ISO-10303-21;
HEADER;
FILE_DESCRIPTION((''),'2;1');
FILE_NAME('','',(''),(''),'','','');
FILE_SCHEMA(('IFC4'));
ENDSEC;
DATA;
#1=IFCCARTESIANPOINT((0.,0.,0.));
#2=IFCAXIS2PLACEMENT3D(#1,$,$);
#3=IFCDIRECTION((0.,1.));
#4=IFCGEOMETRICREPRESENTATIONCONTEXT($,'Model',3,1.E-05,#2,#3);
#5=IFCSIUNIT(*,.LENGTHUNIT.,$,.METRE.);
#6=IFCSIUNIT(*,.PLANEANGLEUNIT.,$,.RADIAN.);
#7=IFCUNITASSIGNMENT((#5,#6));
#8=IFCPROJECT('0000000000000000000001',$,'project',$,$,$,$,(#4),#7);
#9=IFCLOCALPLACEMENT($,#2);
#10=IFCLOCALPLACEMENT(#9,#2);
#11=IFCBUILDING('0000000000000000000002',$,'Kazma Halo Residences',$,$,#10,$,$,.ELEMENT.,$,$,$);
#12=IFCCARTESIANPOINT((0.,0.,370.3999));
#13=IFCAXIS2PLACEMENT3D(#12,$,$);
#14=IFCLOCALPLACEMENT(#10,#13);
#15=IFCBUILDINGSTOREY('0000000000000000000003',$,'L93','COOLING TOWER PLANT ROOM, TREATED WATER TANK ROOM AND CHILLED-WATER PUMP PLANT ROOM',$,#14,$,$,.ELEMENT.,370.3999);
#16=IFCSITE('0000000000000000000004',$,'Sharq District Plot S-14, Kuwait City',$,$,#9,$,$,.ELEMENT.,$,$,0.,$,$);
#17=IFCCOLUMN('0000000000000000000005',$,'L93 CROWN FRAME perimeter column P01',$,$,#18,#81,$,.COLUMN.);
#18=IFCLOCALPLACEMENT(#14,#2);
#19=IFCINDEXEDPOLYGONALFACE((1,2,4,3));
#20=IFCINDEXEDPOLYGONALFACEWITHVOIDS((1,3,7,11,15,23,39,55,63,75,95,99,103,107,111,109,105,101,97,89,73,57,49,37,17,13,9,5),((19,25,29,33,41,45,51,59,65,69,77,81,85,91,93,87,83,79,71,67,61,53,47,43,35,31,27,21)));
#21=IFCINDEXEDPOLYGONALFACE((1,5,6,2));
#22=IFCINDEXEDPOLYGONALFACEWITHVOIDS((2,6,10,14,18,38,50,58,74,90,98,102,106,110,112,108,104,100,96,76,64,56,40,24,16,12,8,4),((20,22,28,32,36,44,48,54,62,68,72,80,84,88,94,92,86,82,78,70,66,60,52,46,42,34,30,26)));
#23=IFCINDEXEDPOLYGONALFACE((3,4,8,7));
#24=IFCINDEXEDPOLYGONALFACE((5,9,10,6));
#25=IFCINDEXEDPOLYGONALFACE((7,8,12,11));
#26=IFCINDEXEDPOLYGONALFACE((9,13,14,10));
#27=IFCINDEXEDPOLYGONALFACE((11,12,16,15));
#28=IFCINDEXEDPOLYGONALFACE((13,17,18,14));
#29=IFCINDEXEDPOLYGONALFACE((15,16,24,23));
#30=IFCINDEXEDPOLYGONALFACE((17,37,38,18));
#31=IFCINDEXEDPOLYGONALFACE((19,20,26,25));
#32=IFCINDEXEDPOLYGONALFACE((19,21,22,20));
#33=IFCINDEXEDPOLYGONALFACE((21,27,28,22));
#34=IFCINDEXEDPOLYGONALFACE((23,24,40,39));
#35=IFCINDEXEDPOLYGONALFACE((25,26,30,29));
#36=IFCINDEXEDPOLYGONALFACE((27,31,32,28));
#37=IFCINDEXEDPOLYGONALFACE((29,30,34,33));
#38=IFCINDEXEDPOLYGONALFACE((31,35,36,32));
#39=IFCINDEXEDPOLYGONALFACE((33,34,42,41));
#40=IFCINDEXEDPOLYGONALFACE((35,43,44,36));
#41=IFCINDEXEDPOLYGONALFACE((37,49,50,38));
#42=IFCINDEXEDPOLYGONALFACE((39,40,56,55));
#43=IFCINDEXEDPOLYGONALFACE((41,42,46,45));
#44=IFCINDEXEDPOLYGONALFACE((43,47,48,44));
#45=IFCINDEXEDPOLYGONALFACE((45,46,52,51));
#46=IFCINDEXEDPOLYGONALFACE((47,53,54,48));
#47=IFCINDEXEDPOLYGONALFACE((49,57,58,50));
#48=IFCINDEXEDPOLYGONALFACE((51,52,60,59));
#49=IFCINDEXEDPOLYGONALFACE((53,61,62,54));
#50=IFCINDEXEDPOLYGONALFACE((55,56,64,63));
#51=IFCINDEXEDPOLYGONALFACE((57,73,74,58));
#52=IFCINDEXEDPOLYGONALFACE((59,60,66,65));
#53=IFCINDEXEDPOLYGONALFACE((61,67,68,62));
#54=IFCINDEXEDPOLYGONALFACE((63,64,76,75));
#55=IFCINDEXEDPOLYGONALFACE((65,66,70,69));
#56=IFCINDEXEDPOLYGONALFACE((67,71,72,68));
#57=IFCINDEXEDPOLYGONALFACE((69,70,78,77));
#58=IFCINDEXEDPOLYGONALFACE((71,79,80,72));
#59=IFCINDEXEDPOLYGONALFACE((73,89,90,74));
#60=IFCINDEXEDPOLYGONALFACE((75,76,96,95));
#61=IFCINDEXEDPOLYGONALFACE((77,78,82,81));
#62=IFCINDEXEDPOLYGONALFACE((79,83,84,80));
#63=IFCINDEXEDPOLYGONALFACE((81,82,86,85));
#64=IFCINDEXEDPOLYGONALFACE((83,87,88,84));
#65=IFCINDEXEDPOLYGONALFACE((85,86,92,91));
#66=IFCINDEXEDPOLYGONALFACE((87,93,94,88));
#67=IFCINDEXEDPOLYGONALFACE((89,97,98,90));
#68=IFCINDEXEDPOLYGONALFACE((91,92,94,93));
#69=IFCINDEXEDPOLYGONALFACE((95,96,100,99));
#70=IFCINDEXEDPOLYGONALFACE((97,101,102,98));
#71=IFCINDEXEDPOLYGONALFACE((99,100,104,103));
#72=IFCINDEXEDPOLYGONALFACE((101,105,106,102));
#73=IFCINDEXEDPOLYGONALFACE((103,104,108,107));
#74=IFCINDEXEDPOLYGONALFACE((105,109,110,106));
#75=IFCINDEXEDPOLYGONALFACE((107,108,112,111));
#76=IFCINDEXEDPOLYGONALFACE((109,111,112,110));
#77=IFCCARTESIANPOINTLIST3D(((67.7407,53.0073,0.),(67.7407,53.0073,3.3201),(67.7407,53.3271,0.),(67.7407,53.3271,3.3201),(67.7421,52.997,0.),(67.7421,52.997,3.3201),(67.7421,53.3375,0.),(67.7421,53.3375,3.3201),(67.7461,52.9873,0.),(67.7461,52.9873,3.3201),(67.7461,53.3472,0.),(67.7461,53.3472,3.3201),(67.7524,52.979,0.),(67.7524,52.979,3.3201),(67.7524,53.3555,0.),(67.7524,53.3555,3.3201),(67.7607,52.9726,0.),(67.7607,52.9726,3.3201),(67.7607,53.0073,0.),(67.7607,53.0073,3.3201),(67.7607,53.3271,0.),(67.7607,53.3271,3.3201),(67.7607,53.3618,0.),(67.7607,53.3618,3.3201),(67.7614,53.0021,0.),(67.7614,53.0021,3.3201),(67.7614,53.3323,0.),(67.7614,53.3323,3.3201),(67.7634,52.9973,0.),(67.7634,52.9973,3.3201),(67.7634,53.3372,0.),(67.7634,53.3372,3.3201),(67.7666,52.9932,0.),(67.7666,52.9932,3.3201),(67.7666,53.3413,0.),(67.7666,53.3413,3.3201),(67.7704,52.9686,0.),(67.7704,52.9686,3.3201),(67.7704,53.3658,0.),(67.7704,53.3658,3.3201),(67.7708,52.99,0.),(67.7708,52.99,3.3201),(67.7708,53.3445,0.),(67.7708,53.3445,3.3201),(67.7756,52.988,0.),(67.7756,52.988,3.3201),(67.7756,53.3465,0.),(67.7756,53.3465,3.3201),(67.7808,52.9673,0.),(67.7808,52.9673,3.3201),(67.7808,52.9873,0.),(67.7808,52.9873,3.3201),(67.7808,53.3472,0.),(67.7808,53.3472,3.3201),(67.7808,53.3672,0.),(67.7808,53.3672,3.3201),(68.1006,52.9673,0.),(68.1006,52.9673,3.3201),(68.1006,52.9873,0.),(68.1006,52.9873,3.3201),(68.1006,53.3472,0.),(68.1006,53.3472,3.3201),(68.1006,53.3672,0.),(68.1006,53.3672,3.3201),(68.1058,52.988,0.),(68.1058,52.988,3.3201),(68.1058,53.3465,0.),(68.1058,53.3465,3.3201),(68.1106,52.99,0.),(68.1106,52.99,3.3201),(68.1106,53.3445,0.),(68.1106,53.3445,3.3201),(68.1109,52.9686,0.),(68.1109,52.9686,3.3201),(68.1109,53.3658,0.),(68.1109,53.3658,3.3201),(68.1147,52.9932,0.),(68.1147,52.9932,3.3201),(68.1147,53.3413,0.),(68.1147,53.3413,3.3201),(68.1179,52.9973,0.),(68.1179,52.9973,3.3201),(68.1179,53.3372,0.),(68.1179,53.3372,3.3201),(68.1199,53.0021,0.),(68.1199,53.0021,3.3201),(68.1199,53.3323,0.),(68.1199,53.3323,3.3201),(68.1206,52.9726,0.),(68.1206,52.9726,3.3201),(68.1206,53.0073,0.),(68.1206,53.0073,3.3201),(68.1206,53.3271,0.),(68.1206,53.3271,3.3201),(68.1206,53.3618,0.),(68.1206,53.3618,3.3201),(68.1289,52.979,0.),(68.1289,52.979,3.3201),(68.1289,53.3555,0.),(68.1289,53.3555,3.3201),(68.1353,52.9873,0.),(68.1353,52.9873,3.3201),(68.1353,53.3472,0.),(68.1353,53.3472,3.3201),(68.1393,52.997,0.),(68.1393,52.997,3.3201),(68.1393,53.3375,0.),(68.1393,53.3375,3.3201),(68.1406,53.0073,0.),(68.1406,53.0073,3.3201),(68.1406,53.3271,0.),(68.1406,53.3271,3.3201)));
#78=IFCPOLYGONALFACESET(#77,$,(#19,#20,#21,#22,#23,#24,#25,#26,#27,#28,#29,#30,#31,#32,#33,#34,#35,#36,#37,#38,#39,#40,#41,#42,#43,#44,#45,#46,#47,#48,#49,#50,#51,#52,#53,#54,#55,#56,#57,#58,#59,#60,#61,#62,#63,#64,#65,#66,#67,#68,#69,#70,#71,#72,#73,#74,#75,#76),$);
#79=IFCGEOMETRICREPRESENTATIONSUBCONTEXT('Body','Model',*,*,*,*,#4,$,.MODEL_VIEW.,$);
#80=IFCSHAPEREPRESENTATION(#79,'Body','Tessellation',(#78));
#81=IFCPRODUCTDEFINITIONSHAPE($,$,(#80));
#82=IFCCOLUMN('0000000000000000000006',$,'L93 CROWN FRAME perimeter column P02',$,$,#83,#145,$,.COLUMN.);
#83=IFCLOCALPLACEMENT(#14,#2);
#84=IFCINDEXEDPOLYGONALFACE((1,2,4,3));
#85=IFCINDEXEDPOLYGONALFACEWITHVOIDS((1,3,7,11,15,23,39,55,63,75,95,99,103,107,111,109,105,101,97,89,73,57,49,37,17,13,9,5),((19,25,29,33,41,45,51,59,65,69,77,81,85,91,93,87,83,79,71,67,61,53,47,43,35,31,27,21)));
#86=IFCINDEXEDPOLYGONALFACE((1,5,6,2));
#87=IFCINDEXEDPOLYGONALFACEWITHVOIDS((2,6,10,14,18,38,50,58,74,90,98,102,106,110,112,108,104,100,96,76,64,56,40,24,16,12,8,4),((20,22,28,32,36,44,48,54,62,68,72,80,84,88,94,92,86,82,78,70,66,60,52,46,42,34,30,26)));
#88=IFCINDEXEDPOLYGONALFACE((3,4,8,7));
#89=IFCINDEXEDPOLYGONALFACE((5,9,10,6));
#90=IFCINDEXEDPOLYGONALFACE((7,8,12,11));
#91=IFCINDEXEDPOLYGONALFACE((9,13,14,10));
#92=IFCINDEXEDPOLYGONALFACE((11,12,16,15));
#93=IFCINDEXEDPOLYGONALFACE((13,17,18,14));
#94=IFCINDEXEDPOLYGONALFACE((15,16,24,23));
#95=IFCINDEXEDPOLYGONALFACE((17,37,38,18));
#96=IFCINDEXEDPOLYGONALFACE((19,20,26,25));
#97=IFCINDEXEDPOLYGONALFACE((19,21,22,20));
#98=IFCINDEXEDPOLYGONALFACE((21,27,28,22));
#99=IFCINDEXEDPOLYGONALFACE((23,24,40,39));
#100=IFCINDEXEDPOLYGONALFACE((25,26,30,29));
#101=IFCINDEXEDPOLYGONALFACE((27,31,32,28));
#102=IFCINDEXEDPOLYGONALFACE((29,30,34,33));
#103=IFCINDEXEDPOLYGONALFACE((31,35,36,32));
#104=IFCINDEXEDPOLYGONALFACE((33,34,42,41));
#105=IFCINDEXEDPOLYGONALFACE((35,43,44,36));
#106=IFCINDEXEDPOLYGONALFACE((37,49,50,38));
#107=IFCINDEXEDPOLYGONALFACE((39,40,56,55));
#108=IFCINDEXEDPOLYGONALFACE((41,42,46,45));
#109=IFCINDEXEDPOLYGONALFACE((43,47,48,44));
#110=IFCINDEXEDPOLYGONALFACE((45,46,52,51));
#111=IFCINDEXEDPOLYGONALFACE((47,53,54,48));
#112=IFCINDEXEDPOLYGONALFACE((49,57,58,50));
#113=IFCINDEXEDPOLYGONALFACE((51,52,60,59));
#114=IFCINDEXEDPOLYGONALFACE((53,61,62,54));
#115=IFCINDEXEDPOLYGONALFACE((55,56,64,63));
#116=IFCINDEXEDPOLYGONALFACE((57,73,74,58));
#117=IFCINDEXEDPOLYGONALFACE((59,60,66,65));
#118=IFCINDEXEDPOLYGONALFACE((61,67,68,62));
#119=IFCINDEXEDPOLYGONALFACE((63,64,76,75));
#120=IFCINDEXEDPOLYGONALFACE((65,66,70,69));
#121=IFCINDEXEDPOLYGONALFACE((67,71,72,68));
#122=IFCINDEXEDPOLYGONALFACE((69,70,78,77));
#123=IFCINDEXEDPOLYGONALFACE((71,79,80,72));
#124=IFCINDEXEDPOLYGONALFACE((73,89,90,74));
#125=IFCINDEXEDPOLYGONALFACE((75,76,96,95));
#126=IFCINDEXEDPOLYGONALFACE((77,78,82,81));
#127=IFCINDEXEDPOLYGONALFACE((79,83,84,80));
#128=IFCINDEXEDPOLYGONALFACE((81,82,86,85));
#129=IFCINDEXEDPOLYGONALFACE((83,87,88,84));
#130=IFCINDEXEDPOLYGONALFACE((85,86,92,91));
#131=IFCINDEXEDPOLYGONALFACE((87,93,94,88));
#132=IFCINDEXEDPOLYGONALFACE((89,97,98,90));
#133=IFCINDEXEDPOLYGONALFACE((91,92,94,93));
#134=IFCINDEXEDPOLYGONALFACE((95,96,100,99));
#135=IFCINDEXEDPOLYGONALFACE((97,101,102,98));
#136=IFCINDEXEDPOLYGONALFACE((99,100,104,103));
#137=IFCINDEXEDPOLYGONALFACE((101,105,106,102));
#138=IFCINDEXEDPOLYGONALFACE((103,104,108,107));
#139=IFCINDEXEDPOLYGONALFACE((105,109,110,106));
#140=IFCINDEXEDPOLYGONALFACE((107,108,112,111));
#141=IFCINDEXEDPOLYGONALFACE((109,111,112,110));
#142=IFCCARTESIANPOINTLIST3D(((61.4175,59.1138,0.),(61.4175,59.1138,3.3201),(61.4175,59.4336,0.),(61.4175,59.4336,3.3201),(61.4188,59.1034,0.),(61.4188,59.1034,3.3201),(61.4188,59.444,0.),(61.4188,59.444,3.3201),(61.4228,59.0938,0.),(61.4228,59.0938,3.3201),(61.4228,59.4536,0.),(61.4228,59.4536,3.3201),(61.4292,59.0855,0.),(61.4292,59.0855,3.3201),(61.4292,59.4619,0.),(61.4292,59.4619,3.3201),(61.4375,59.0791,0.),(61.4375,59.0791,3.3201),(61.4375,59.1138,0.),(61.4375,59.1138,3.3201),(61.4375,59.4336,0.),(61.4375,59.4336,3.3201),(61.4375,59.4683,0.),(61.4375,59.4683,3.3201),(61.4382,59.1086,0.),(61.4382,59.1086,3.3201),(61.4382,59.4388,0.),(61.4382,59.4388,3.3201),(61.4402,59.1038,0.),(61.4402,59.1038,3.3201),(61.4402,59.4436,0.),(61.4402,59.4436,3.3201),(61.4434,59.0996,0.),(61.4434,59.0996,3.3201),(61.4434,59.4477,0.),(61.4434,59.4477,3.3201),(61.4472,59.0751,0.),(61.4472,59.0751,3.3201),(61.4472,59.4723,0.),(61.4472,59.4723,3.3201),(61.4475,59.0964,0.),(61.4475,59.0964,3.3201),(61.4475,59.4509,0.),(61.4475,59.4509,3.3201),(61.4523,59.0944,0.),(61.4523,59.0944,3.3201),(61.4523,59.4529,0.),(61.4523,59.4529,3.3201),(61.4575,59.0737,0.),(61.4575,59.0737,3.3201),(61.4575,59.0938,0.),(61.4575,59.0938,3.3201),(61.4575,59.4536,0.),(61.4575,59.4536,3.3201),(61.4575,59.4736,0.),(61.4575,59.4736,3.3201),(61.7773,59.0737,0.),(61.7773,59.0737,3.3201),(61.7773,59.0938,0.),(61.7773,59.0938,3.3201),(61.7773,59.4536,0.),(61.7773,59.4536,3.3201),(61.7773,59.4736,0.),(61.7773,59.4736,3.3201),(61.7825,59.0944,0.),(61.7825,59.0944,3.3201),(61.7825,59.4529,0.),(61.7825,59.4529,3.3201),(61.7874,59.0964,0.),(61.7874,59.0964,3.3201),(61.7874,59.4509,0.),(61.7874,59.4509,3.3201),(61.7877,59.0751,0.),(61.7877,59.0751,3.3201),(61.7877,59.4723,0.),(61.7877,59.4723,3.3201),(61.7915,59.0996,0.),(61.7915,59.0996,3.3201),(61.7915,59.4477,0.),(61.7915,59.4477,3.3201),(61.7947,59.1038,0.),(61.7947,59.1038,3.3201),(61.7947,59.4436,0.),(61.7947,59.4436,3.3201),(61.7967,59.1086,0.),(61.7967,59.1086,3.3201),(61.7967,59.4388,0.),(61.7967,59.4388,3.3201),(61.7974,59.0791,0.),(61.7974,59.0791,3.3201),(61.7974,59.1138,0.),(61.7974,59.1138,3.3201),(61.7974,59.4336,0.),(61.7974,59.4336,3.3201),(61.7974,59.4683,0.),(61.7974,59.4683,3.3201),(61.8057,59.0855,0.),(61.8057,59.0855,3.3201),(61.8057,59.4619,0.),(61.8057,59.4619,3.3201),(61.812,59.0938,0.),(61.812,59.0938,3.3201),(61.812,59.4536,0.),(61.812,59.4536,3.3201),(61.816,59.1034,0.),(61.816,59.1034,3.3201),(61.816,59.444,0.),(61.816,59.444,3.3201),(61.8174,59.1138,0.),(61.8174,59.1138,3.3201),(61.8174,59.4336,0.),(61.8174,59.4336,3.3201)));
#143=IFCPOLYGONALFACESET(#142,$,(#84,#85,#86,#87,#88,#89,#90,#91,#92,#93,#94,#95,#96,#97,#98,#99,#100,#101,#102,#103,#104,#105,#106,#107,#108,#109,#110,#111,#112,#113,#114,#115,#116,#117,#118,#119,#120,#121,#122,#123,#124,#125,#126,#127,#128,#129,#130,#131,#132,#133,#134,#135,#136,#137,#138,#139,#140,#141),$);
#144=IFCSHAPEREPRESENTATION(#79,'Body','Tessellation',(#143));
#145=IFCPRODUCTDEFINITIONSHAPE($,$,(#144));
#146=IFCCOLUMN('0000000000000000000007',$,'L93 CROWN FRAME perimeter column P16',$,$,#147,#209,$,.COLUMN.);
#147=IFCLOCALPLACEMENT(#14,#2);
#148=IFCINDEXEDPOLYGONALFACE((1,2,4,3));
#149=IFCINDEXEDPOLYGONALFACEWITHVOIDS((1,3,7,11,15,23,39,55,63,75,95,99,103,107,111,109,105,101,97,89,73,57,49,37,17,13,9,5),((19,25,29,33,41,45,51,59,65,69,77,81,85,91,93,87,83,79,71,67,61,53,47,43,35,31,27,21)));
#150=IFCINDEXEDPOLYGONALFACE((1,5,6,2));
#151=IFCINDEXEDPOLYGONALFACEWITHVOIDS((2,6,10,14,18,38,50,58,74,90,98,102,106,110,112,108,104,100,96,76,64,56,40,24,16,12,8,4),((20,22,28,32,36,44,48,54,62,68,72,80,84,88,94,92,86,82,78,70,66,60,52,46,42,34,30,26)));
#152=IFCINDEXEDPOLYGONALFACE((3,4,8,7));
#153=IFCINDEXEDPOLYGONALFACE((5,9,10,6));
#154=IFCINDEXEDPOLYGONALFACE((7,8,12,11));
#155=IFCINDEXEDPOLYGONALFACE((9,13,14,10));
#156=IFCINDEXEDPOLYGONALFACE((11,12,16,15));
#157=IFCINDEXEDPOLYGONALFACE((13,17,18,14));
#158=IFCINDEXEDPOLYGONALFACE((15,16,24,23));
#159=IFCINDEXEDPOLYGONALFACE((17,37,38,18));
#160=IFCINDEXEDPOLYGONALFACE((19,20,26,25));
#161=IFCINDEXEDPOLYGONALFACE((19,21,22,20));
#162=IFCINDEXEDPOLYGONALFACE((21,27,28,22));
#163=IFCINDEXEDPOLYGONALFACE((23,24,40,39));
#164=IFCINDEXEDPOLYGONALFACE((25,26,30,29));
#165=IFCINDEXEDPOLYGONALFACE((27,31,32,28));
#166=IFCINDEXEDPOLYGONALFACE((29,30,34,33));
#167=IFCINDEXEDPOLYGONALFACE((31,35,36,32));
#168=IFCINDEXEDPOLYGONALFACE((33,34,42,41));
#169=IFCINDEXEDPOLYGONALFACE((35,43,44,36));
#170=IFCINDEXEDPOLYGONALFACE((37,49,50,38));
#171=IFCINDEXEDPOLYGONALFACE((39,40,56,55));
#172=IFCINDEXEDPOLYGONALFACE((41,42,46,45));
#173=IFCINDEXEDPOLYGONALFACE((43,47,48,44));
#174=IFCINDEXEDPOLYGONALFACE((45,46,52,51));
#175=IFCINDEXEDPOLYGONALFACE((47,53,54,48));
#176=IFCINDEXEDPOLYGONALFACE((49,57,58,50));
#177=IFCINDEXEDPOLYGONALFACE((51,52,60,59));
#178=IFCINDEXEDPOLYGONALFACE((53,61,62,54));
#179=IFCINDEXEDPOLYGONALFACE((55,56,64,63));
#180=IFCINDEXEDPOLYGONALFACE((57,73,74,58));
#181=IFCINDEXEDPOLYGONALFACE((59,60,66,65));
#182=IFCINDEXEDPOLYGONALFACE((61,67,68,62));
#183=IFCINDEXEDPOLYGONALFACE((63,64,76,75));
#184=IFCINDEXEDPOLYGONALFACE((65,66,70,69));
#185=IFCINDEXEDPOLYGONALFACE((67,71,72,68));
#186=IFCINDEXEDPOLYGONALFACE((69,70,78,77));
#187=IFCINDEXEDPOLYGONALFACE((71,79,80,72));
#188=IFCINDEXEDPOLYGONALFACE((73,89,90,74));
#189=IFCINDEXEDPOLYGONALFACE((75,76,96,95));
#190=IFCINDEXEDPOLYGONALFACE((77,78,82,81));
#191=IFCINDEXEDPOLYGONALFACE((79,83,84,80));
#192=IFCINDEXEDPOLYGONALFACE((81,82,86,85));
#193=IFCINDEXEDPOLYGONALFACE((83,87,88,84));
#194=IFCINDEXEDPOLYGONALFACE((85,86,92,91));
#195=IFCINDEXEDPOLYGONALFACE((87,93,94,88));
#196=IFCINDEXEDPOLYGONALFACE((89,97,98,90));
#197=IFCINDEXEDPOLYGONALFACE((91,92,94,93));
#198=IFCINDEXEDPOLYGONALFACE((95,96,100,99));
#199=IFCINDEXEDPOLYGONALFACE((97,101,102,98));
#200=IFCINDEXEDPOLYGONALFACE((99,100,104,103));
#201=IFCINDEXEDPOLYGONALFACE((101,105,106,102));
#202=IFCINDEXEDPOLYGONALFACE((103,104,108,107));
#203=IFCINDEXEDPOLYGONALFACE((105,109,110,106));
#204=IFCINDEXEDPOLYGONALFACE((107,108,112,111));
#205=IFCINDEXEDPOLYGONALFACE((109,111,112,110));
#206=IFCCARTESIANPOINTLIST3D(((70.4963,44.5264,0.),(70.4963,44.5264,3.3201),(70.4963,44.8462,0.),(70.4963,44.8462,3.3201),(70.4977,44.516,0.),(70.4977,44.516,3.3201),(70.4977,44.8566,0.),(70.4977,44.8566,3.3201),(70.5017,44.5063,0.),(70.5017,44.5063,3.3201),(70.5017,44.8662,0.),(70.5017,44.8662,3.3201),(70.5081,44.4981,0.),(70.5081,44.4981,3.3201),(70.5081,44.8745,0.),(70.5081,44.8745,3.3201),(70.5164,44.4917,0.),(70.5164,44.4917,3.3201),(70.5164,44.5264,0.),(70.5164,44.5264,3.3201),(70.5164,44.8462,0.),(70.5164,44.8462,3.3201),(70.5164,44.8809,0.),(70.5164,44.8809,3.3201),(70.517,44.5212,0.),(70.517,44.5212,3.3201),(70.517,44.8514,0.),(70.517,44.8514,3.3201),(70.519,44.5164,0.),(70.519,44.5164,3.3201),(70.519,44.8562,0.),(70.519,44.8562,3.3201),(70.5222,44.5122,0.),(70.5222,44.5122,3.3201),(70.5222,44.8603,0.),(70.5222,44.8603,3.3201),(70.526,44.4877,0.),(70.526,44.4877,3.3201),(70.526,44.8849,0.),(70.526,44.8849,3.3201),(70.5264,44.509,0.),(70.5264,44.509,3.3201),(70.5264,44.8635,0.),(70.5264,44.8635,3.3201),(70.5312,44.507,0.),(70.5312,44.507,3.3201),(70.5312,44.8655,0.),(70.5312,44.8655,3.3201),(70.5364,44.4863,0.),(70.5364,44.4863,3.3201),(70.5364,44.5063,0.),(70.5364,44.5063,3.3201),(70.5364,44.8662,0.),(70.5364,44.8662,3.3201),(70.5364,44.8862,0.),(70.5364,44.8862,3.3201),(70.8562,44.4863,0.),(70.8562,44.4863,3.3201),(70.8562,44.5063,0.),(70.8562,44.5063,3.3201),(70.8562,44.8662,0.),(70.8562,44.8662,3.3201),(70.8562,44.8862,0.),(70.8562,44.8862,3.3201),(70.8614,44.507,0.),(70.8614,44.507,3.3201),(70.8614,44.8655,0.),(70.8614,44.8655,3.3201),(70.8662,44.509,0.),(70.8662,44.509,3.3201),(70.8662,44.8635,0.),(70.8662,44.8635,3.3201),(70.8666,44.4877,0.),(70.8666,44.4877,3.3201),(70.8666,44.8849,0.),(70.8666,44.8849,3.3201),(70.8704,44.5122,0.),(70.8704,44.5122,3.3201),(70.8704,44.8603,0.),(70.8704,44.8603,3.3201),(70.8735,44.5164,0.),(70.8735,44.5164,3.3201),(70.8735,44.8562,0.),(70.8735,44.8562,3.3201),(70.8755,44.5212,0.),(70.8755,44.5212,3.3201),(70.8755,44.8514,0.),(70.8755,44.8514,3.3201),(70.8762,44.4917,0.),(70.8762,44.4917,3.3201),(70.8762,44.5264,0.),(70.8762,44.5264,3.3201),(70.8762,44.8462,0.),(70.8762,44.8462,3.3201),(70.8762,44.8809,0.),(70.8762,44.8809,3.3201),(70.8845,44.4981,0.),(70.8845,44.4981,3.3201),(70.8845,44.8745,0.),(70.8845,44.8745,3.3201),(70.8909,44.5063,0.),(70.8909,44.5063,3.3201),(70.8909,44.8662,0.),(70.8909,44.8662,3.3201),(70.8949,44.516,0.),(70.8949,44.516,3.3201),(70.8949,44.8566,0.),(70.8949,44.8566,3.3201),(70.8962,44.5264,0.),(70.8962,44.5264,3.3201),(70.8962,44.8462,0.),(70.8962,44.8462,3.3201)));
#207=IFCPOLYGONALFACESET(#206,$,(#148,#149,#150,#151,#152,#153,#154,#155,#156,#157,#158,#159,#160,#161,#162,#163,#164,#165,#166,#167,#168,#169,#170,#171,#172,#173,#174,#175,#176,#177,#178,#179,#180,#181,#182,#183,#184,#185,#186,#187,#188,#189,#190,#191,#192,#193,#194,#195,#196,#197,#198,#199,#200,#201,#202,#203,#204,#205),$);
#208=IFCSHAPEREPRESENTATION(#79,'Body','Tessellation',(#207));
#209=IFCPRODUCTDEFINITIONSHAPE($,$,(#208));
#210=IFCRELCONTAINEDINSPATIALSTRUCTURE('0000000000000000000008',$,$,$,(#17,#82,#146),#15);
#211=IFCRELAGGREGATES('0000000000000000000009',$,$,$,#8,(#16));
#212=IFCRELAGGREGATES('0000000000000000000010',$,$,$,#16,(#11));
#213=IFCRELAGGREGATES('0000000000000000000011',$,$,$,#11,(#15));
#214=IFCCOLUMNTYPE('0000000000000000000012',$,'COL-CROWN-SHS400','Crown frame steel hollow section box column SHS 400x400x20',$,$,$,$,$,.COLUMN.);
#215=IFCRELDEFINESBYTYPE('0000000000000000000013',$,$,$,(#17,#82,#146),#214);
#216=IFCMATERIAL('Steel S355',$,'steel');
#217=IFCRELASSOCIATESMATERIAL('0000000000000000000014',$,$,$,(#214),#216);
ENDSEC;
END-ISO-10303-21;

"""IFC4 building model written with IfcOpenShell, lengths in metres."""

from ifc_helpers import new_model, si_unit, direction, frame, origin, origin_2d, place, context, subcontext, project, spatial, hollow_rectangle, extrude, material, material_profile, profile_set, type_object, element, save


model = new_model("IFC4")

# Units and contexts
model_context = context("Model", 3, precision=1e-05, world=origin(), true_north=direction((0.0, 1.0)))
body_context = subcontext(model_context, "Body", "Model", "MODEL_VIEW")
ifc_project = project(units=[si_unit("LENGTHUNIT", "METRE"), si_unit("PLANEANGLEUNIT", "RADIAN")], contexts=[model_context])

# Site, building, storey
site_placement = place(None, origin())
site = spatial("IfcSite", under=ifc_project, at=site_placement, Name="Sharq District Plot S-14, Kuwait City", CompositionType="ELEMENT", RefElevation=0.0)
building_placement = place(site_placement, origin())
building = spatial("IfcBuilding", under=site, at=building_placement, Name="Kazma Halo Residences", CompositionType="ELEMENT")
storey_placement = place(building_placement, frame((0.0, 0.0, 370.3999)))
storey = spatial("IfcBuildingStorey", under=building, at=storey_placement, Name="L93", Description="COOLING TOWER PLANT ROOM, TREATED WATER TANK ROOM AND CHILLED-WATER PUMP PLANT ROOM", CompositionType="ELEMENT", Elevation=370.3999)

# Columns
ifc_material_1 = material(Name="Steel S355", Category="steel")
ifc_material_profile_1 = material_profile(ifc_material_1, hollow_rectangle(XDim=0.3999, YDim=0.3999, WallThickness=0.02, InnerFilletRadius=0.02, OuterFilletRadius=0.04, at=origin_2d()), Name="SHS400x400x20")
ifc_profile_set_1 = profile_set([ifc_material_profile_1], Name="Steel S355")
column_type = type_object("IfcColumnType", Name="COL-CROWN-SHS400", Description="Crown frame steel hollow section box column SHS 400x400x20", PredefinedType="COLUMN", material=ifc_profile_set_1)
for number, where, z_axis, x_axis, name in (
    (1, (67.9407, 53.1672, 0.0), (0.0, 0.0, 1.0), (1.0, 0.0, 0.0), "L93 CROWN FRAME perimeter column P01"),
    (2, (61.6174, 59.2737, 0.0), (0.0, 0.0, 1.0), (1.0, 0.0, 0.0), "L93 CROWN FRAME perimeter column P02"),
    (3, (70.6963, 44.6863, 0.0), (0.0, 0.0, 1.0), (1.0, 0.0, 0.0), "L93 CROWN FRAME perimeter column P16"),
):
    element("IfcColumn", number, at=place(storey_placement, frame(where, z_axis=z_axis, x_axis=x_axis)), inside=storey, type_object=column_type, Name=name, PredefinedType="COLUMN", context=body_context, shape_type="SweptSolid", body=[
        extrude(hollow_rectangle(XDim=0.3999, YDim=0.3999, WallThickness=0.02, InnerFilletRadius=0.02, OuterFilletRadius=0.04, at=origin_2d()), origin(), (0.0, 0.0, 1.0), 3.3201),
    ])

save(model, "model.ifc")
